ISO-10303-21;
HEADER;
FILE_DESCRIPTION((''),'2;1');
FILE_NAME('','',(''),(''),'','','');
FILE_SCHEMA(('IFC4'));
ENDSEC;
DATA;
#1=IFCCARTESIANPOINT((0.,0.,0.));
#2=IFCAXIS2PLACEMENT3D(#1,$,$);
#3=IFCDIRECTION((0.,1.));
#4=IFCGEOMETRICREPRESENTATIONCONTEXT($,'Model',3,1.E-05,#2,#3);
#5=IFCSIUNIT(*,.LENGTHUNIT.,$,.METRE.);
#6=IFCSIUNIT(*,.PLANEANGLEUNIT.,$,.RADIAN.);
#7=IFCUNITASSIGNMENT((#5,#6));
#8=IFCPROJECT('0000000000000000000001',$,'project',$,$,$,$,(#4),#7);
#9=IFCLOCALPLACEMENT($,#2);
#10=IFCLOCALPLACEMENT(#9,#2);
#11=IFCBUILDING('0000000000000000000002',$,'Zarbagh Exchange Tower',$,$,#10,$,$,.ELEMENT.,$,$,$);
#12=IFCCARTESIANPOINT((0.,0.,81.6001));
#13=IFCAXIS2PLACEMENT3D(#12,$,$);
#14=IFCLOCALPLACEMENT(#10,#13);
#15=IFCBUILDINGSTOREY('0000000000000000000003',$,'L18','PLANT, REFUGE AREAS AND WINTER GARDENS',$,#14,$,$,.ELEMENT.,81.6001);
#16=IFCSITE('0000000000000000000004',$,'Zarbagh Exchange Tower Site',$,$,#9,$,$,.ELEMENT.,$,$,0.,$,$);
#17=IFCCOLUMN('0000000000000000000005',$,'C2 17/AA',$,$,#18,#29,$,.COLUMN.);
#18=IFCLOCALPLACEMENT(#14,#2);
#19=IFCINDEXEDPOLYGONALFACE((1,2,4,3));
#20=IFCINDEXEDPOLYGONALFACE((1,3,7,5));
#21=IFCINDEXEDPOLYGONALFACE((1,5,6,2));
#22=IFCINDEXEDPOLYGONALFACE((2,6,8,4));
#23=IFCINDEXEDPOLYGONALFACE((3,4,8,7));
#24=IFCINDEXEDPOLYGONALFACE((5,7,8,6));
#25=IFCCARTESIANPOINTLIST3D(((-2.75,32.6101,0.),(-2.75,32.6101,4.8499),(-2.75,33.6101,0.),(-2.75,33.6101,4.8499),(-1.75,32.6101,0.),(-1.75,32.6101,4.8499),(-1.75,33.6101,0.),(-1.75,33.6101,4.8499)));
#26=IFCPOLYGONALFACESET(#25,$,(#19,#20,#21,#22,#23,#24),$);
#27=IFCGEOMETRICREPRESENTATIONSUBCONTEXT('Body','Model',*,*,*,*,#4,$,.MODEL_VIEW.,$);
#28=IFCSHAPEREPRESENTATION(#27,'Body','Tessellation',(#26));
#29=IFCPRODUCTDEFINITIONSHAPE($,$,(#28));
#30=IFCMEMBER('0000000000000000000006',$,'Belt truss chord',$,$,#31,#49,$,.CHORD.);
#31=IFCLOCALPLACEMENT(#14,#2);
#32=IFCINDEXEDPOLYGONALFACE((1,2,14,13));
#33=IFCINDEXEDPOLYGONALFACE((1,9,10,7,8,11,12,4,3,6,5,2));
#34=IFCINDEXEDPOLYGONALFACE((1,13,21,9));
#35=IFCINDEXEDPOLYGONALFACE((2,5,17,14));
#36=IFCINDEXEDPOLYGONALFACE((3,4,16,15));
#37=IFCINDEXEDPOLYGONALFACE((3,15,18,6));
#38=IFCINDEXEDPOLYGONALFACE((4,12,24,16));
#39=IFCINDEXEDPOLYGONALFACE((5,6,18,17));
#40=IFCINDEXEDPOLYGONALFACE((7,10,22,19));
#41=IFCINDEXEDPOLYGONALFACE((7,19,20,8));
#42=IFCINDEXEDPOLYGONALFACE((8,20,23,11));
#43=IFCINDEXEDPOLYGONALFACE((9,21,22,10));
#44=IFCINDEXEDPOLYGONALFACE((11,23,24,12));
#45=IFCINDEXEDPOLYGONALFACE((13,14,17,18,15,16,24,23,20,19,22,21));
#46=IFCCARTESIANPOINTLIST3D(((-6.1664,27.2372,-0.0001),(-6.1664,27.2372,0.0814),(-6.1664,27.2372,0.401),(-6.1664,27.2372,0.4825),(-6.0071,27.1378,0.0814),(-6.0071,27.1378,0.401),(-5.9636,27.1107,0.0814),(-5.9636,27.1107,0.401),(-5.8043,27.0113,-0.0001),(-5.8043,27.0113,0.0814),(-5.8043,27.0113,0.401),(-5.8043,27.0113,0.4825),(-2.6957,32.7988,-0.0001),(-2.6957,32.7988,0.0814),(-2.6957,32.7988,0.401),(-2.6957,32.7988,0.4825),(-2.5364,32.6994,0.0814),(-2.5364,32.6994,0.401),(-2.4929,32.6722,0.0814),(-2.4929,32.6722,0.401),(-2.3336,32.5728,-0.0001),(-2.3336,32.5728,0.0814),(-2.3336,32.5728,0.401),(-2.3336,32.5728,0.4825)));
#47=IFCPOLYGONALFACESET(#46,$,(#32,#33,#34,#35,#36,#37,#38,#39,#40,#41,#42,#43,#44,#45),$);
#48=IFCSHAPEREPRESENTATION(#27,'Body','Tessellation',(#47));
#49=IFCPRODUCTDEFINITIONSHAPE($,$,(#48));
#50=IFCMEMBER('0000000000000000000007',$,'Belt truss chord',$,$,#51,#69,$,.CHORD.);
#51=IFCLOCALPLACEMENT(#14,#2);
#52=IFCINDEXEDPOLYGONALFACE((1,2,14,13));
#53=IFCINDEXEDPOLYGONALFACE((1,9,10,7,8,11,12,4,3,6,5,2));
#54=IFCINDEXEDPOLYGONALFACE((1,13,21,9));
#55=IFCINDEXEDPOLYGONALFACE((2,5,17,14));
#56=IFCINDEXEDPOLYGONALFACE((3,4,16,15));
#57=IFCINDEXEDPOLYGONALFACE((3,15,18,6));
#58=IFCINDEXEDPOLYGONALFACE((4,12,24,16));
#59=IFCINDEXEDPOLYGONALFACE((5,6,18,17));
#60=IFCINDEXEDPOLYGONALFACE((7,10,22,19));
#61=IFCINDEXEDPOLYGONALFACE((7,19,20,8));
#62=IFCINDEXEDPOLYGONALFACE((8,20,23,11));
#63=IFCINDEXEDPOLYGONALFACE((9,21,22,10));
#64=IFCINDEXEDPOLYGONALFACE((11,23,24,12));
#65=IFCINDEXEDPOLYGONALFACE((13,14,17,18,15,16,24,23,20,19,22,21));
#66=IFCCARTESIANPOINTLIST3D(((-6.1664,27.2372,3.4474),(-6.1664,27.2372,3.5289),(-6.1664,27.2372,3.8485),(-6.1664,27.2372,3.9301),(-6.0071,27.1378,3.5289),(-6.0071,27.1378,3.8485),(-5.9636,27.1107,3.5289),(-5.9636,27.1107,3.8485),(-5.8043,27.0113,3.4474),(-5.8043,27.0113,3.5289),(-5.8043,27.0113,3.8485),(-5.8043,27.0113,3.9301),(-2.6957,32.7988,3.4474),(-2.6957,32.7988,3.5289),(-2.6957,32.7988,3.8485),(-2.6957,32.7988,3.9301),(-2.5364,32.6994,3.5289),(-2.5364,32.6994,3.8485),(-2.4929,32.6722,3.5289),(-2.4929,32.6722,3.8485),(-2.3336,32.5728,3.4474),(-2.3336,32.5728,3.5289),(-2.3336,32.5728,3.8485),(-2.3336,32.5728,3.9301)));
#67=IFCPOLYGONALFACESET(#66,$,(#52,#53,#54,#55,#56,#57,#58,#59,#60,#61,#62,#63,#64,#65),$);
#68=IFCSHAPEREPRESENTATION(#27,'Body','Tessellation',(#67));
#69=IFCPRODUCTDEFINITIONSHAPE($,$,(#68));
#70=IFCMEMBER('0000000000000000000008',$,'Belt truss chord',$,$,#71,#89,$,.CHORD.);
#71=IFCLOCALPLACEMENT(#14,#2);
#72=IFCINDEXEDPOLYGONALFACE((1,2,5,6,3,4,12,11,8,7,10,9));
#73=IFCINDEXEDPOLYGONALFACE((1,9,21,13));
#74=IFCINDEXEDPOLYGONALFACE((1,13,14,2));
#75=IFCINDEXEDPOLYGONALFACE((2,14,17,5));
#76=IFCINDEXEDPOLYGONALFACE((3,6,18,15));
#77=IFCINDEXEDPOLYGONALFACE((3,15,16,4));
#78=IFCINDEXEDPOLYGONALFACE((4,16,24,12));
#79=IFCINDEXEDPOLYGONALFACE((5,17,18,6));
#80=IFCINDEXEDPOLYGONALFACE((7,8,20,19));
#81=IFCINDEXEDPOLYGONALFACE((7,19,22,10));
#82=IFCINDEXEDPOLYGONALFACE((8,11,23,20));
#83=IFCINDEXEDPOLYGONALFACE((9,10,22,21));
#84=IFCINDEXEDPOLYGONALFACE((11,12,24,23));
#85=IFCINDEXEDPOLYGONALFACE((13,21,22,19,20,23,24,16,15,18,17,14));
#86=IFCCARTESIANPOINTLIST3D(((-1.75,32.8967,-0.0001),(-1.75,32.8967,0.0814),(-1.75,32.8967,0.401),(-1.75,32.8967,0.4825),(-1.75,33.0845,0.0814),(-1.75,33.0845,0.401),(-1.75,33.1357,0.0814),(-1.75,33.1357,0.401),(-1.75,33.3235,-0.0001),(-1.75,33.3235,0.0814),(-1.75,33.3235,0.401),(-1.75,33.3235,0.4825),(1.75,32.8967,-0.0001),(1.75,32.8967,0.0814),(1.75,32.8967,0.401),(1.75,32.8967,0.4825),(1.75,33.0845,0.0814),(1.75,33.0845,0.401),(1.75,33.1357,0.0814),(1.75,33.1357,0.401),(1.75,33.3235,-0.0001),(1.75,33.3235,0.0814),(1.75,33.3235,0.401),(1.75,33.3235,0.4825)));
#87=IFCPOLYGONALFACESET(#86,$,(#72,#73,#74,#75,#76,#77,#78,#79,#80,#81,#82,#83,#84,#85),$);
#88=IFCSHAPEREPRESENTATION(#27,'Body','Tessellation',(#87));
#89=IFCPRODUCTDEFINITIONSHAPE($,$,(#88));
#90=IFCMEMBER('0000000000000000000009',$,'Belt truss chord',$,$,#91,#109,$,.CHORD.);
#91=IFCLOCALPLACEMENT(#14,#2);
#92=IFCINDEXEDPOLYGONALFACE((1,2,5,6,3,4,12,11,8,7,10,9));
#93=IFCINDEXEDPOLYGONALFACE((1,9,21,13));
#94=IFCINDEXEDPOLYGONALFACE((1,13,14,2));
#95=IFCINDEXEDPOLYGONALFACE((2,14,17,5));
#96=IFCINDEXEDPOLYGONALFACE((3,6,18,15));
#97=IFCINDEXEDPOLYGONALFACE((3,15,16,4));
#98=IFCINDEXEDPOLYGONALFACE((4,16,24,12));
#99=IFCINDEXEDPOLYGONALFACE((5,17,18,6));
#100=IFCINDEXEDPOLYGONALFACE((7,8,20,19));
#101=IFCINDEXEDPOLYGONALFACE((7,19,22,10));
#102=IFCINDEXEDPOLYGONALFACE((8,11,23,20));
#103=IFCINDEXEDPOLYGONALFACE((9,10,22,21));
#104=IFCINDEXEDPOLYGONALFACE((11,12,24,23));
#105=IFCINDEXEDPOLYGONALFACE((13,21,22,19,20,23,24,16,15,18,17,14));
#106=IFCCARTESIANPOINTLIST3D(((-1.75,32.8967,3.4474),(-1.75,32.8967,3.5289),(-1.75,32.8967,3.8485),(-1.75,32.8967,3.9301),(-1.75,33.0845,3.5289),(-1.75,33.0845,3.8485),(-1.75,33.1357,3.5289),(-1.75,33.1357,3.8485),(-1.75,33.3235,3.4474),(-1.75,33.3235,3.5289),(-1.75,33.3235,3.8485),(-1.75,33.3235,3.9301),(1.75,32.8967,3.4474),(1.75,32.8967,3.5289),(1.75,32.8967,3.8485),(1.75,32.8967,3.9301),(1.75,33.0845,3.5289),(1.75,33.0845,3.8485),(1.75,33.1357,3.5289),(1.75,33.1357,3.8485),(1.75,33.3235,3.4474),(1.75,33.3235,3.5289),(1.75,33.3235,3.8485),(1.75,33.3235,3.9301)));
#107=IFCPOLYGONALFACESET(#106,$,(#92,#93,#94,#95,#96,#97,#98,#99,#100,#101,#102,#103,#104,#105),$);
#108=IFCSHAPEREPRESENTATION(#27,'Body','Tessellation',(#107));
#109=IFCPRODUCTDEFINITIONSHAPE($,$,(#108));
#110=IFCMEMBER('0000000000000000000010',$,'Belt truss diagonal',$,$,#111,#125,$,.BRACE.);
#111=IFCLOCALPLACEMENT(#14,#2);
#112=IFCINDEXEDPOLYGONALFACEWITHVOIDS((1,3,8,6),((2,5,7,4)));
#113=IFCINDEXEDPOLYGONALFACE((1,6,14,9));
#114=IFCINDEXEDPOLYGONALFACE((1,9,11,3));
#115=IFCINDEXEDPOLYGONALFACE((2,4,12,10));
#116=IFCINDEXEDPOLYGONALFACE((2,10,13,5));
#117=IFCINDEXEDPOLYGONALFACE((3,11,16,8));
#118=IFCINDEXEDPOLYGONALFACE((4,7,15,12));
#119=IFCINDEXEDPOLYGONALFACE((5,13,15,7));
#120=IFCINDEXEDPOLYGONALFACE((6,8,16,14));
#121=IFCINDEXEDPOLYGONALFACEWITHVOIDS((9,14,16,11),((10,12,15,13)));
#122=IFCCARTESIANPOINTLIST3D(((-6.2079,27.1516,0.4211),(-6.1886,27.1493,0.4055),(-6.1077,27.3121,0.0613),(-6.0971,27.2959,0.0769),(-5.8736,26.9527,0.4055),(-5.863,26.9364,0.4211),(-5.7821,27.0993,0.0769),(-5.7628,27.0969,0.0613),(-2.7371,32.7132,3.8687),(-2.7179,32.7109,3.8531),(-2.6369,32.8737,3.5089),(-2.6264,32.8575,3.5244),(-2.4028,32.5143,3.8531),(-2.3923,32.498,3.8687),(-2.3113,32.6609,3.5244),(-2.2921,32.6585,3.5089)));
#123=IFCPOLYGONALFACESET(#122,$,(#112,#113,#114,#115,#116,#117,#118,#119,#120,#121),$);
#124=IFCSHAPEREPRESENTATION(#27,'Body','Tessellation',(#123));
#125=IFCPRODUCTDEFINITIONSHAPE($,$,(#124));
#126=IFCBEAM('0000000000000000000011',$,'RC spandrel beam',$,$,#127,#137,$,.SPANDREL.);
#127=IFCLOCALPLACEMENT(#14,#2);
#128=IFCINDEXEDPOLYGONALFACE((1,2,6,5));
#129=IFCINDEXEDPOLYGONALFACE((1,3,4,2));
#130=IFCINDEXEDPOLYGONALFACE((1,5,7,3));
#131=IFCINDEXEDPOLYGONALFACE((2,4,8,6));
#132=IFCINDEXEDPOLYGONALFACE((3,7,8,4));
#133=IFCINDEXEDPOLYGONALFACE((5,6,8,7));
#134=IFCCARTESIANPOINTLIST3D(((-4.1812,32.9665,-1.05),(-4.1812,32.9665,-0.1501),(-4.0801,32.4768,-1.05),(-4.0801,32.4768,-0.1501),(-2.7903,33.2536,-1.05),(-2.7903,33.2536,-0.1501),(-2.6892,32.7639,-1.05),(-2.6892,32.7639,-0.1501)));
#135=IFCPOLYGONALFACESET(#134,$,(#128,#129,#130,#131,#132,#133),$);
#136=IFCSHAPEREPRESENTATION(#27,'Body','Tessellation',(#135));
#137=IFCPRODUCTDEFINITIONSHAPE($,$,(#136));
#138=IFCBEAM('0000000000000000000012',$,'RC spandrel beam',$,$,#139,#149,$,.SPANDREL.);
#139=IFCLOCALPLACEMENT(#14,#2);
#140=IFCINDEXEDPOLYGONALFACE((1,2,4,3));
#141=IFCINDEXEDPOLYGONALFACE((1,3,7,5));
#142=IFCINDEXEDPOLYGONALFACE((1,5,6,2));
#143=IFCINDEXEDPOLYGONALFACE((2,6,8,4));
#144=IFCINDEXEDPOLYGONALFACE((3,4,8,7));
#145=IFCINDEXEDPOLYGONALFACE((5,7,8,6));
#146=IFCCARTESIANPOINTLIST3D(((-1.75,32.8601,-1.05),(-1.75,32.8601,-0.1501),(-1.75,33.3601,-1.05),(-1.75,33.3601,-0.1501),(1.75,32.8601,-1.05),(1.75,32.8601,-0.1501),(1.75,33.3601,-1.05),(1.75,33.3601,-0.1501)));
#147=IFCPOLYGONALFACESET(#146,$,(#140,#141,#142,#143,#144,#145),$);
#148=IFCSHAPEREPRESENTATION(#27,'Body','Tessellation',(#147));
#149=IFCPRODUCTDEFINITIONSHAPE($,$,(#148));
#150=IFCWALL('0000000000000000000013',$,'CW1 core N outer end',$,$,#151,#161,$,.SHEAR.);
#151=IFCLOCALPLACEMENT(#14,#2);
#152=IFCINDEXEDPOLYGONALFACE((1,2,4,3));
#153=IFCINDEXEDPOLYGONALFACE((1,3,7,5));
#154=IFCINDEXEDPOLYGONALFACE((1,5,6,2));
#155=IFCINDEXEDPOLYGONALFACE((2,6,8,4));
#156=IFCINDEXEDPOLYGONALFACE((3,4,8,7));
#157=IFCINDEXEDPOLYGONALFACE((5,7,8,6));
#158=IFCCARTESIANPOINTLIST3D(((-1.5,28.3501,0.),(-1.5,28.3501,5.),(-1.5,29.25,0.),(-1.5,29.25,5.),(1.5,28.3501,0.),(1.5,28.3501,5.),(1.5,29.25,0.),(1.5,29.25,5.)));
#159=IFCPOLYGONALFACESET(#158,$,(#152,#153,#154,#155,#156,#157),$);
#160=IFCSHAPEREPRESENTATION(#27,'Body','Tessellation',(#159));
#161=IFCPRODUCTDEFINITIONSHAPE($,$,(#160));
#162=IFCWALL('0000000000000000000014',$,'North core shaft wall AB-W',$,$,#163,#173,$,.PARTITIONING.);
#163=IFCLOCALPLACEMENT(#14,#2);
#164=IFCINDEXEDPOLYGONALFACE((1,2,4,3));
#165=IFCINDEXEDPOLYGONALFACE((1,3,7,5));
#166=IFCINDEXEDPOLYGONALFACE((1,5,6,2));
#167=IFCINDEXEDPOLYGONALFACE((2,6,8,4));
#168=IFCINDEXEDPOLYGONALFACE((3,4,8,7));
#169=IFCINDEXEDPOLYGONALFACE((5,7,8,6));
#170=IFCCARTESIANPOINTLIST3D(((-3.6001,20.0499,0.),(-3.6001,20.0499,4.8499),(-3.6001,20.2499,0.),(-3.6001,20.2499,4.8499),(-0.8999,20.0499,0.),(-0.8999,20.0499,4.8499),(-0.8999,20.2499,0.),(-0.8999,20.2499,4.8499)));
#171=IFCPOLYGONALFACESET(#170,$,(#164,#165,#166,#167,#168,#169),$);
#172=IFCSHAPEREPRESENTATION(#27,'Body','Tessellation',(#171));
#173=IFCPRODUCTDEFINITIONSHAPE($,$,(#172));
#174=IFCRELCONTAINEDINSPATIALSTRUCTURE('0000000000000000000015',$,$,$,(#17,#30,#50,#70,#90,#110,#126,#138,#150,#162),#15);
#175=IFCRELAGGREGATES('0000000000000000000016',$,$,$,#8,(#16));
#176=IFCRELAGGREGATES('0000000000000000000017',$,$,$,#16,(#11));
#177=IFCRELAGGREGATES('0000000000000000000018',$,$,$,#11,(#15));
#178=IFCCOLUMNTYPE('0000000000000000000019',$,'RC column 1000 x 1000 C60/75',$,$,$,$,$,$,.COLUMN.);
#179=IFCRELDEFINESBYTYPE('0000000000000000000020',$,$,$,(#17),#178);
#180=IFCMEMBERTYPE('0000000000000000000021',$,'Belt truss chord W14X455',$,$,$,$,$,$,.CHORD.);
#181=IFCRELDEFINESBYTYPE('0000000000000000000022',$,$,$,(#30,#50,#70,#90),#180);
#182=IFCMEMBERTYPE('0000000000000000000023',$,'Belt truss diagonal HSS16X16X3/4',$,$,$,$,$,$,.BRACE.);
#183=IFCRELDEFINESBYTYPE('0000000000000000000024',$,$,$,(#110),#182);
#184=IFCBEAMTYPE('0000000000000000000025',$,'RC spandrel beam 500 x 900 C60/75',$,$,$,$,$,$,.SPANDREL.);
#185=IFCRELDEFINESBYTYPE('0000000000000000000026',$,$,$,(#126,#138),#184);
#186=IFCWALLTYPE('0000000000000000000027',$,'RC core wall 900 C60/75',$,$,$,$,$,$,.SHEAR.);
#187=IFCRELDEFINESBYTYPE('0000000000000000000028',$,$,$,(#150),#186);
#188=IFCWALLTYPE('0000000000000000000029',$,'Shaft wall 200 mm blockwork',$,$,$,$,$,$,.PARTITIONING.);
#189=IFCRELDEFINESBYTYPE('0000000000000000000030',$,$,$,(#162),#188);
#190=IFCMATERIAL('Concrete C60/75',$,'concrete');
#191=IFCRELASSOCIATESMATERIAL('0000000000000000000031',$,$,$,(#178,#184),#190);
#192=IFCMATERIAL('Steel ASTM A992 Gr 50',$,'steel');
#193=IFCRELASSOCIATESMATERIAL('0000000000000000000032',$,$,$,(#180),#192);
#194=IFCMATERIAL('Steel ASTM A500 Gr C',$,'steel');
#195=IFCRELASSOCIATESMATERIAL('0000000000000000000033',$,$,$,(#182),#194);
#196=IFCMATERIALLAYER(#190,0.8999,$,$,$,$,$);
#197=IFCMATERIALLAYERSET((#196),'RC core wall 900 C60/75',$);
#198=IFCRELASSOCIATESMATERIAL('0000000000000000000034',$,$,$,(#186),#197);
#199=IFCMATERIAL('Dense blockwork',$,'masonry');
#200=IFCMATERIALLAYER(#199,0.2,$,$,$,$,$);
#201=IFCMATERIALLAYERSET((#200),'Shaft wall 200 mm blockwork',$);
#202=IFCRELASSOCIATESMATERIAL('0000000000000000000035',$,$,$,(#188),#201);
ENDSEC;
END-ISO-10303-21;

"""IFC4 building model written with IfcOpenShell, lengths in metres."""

from ifc_helpers import new_model, si_unit, direction, frame, frame_2d, origin, origin_2d, place, context, subcontext, project, spatial, rectangle, hollow_rectangle, i_section, extrude, material, layer, layer_set, material_profile, profile_set, type_object, element, save


model = new_model("IFC4")

# Units and contexts
model_context = context("Model", 3, precision=1e-05, world=origin(), true_north=direction((0.0, 1.0)))
body_context = subcontext(model_context, "Body", "Model", "MODEL_VIEW")
ifc_project = project(units=[si_unit("LENGTHUNIT", "METRE"), si_unit("PLANEANGLEUNIT", "RADIAN")], contexts=[model_context])

# Site, building, storey
site_placement = place(None, origin())
site = spatial("IfcSite", under=ifc_project, at=site_placement, Name="Zarbagh Exchange Tower Site", CompositionType="ELEMENT", RefElevation=0.0)
building_placement = place(site_placement, origin())
building = spatial("IfcBuilding", under=site, at=building_placement, Name="Zarbagh Exchange Tower", CompositionType="ELEMENT")
storey_placement = place(building_placement, frame((0.0, 0.0, 81.6001)))
storey = spatial("IfcBuildingStorey", under=building, at=storey_placement, Name="L18", Description="PLANT, REFUGE AREAS AND WINTER GARDENS", CompositionType="ELEMENT", Elevation=81.6001)

# Column
ifc_material_1 = material(Name="Concrete C60/75", Category="concrete")
ifc_material_profile_1 = material_profile(ifc_material_1, rectangle(XDim=1.0, YDim=1.0, at=origin_2d()), Name="RC column 1000 x 1000 C60/75")
ifc_profile_set_1 = profile_set([ifc_material_profile_1], Name="Concrete C60/75")
column_type = type_object("IfcColumnType", Name="RC column 1000 x 1000 C60/75", PredefinedType="COLUMN", material=ifc_profile_set_1)
column_placement = place(storey_placement, frame((-2.25, 33.1101, 0.0), z_axis=(0.0, 0.0, 1.0), x_axis=(1.0, 0.0, 0.0)))
element("IfcColumn", 1, at=column_placement, inside=storey, type_object=column_type, Name="C2 17/AA", PredefinedType="COLUMN", context=body_context, shape_type="SweptSolid", body=[
    extrude(rectangle(XDim=1.0, YDim=1.0, at=origin_2d()), origin(), (0.0, 0.0, 1.0), 4.8499),
])

# Members
ifc_material_2 = material(Name="Steel ASTM A992 Gr 50", Category="steel")
ifc_material_profile_2 = material_profile(ifc_material_2, i_section(OverallWidth=0.4268, OverallDepth=0.4827, WebThickness=0.0513, FlangeThickness=0.0815, at=origin_2d()), Name="W14X455")
ifc_profile_set_2 = profile_set([ifc_material_profile_2], Name="Steel ASTM A992 Gr 50")
member_type_1 = type_object("IfcMemberType", Name="Belt truss chord W14X455", PredefinedType="CHORD", material=ifc_profile_set_2)
for number, where, z_axis, x_axis, name in (
    (2, (-5.9854, 27.1243, 0.2412), (0.529423, 0.848358, 0.0), (-0.848358, 0.529423, 0.0), "Belt truss chord"),
    (3, (-5.9854, 27.1243, 3.6887), (0.529423, 0.848358, 0.0), (-0.848358, 0.529423, 0.0), "Belt truss chord"),
):
    element("IfcMember", number, at=place(storey_placement, frame(where, z_axis=z_axis, x_axis=x_axis)), inside=storey, type_object=member_type_1, Name=name, PredefinedType="CHORD", context=body_context, shape_type="SweptSolid", body=[
        extrude(i_section(OverallWidth=0.4268, OverallDepth=0.4827, WebThickness=0.0513, FlangeThickness=0.0815, at=origin_2d()), origin(), (0.0, 0.0, 1.0), 6.5557),
    ])
for number, where, z_axis, x_axis, name in (
    (4, (-1.75, 33.1101, 0.2412), (1.0, 0.0, 0.0), (0.0, 1.0, 0.0), "Belt truss chord"),
    (5, (-1.75, 33.1101, 3.6887), (1.0, 0.0, 0.0), (0.0, 1.0, 0.0), "Belt truss chord"),
):
    element("IfcMember", number, at=place(storey_placement, frame(where, z_axis=z_axis, x_axis=x_axis)), inside=storey, type_object=member_type_1, Name=name, PredefinedType="CHORD", context=body_context, shape_type="SweptSolid", body=[
        extrude(i_section(OverallWidth=0.4268, OverallDepth=0.4827, WebThickness=0.0513, FlangeThickness=0.0815, at=origin_2d()), origin(), (0.0, 0.0, 1.0), 3.5),
    ])
ifc_material_3 = material(Name="Steel ASTM A500 Gr C", Category="steel")
ifc_material_profile_3 = material_profile(ifc_material_3, hollow_rectangle(XDim=0.4065, YDim=0.4065, WallThickness=0.0176, at=origin_2d()), Name="HSS16X16X3/4")
ifc_profile_set_3 = profile_set([ifc_material_profile_3], Name="Steel ASTM A500 Gr C")
member_type_2 = type_object("IfcMemberType", Name="Belt truss diagonal HSS16X16X3/4", PredefinedType="BRACE", material=ifc_profile_set_3)
member_placement = place(storey_placement, frame((-5.9854, 27.1243, 0.2412), z_axis=(0.468579, 0.750861, 0.465448), x_axis=(-0.848358, 0.529423, 0.0)))
element("IfcMember", 6, at=member_placement, inside=storey, type_object=member_type_2, Name="Belt truss diagonal", PredefinedType="BRACE", context=body_context, shape_type="SweptSolid", body=[
    extrude(hollow_rectangle(XDim=0.4065, YDim=0.4065, WallThickness=0.0176, at=origin_2d()), origin(), (0.0, 0.0, 1.0), 7.407),
])

# Beams
ifc_material_profile_4 = material_profile(ifc_material_1, rectangle(XDim=0.5, YDim=0.8999, at=origin_2d()), Name="RC spandrel beam 500 x 900 C60/75")
ifc_profile_set_4 = profile_set([ifc_material_profile_4], Name="Concrete C60/75")
beam_type = type_object("IfcBeamType", Name="RC spandrel beam 500 x 900 C60/75", PredefinedType="SPANDREL", material=ifc_profile_set_4)
beam_1_placement = place(storey_placement, frame((-4.1306, 32.7217, -0.6001), z_axis=(0.979352, 0.202162, 0.0), x_axis=(-0.202162, 0.979352, 0.0)))
element("IfcBeam", 7, at=beam_1_placement, inside=storey, type_object=beam_type, Name="RC spandrel beam", PredefinedType="SPANDREL", context=body_context, shape_type="SweptSolid", body=[
    extrude(rectangle(XDim=0.5, YDim=0.8999, at=origin_2d()), origin(), (0.0, 0.0, 1.0), 1.4202),
])
beam_2_placement = place(storey_placement, frame((-1.75, 33.1101, -0.6001), z_axis=(1.0, 0.0, 0.0), x_axis=(0.0, 1.0, 0.0)))
element("IfcBeam", 8, at=beam_2_placement, inside=storey, type_object=beam_type, Name="RC spandrel beam", PredefinedType="SPANDREL", context=body_context, shape_type="SweptSolid", body=[
    extrude(rectangle(XDim=0.5, YDim=0.8999, at=origin_2d()), origin(), (0.0, 0.0, 1.0), 3.5),
])

# Walls
ifc_layer_1 = layer(ifc_material_1, 0.8999)
ifc_layer_set_1 = layer_set([ifc_layer_1], Name="RC core wall 900 C60/75")
wall_type_1 = type_object("IfcWallType", Name="RC core wall 900 C60/75", PredefinedType="SHEAR", material=ifc_layer_set_1)
wall_1_placement = place(storey_placement, frame((-1.5, 28.8, 0.0), z_axis=(0.0, 0.0, 1.0), x_axis=(1.0, 0.0, 0.0)))
element("IfcWall", 9, at=wall_1_placement, inside=storey, type_object=wall_type_1, Name="CW1 core N outer end", PredefinedType="SHEAR", context=body_context, shape_type="SweptSolid", body=[
    extrude(rectangle(XDim=3.0, YDim=0.8999, at=frame_2d((1.5, 0.0))), origin(), (0.0, 0.0, 1.0), 5.0),
])
ifc_material_4 = material(Name="Dense blockwork", Category="masonry")
ifc_layer_2 = layer(ifc_material_4, 0.2)
ifc_layer_set_2 = layer_set([ifc_layer_2], Name="Shaft wall 200 mm blockwork")
wall_type_2 = type_object("IfcWallType", Name="Shaft wall 200 mm blockwork", PredefinedType="PARTITIONING", material=ifc_layer_set_2)
wall_2_placement = place(storey_placement, frame((-3.6001, 20.1499, 0.0), z_axis=(0.0, 0.0, 1.0), x_axis=(1.0, 0.0, 0.0)))
element("IfcWall", 10, at=wall_2_placement, inside=storey, type_object=wall_type_2, Name="North core shaft wall AB-W", PredefinedType="PARTITIONING", context=body_context, shape_type="SweptSolid", body=[
    extrude(rectangle(XDim=2.7002, YDim=0.2, at=frame_2d((1.3501, 0.0))), origin(), (0.0, 0.0, 1.0), 4.8499),
])

save(model, "model.ifc")
